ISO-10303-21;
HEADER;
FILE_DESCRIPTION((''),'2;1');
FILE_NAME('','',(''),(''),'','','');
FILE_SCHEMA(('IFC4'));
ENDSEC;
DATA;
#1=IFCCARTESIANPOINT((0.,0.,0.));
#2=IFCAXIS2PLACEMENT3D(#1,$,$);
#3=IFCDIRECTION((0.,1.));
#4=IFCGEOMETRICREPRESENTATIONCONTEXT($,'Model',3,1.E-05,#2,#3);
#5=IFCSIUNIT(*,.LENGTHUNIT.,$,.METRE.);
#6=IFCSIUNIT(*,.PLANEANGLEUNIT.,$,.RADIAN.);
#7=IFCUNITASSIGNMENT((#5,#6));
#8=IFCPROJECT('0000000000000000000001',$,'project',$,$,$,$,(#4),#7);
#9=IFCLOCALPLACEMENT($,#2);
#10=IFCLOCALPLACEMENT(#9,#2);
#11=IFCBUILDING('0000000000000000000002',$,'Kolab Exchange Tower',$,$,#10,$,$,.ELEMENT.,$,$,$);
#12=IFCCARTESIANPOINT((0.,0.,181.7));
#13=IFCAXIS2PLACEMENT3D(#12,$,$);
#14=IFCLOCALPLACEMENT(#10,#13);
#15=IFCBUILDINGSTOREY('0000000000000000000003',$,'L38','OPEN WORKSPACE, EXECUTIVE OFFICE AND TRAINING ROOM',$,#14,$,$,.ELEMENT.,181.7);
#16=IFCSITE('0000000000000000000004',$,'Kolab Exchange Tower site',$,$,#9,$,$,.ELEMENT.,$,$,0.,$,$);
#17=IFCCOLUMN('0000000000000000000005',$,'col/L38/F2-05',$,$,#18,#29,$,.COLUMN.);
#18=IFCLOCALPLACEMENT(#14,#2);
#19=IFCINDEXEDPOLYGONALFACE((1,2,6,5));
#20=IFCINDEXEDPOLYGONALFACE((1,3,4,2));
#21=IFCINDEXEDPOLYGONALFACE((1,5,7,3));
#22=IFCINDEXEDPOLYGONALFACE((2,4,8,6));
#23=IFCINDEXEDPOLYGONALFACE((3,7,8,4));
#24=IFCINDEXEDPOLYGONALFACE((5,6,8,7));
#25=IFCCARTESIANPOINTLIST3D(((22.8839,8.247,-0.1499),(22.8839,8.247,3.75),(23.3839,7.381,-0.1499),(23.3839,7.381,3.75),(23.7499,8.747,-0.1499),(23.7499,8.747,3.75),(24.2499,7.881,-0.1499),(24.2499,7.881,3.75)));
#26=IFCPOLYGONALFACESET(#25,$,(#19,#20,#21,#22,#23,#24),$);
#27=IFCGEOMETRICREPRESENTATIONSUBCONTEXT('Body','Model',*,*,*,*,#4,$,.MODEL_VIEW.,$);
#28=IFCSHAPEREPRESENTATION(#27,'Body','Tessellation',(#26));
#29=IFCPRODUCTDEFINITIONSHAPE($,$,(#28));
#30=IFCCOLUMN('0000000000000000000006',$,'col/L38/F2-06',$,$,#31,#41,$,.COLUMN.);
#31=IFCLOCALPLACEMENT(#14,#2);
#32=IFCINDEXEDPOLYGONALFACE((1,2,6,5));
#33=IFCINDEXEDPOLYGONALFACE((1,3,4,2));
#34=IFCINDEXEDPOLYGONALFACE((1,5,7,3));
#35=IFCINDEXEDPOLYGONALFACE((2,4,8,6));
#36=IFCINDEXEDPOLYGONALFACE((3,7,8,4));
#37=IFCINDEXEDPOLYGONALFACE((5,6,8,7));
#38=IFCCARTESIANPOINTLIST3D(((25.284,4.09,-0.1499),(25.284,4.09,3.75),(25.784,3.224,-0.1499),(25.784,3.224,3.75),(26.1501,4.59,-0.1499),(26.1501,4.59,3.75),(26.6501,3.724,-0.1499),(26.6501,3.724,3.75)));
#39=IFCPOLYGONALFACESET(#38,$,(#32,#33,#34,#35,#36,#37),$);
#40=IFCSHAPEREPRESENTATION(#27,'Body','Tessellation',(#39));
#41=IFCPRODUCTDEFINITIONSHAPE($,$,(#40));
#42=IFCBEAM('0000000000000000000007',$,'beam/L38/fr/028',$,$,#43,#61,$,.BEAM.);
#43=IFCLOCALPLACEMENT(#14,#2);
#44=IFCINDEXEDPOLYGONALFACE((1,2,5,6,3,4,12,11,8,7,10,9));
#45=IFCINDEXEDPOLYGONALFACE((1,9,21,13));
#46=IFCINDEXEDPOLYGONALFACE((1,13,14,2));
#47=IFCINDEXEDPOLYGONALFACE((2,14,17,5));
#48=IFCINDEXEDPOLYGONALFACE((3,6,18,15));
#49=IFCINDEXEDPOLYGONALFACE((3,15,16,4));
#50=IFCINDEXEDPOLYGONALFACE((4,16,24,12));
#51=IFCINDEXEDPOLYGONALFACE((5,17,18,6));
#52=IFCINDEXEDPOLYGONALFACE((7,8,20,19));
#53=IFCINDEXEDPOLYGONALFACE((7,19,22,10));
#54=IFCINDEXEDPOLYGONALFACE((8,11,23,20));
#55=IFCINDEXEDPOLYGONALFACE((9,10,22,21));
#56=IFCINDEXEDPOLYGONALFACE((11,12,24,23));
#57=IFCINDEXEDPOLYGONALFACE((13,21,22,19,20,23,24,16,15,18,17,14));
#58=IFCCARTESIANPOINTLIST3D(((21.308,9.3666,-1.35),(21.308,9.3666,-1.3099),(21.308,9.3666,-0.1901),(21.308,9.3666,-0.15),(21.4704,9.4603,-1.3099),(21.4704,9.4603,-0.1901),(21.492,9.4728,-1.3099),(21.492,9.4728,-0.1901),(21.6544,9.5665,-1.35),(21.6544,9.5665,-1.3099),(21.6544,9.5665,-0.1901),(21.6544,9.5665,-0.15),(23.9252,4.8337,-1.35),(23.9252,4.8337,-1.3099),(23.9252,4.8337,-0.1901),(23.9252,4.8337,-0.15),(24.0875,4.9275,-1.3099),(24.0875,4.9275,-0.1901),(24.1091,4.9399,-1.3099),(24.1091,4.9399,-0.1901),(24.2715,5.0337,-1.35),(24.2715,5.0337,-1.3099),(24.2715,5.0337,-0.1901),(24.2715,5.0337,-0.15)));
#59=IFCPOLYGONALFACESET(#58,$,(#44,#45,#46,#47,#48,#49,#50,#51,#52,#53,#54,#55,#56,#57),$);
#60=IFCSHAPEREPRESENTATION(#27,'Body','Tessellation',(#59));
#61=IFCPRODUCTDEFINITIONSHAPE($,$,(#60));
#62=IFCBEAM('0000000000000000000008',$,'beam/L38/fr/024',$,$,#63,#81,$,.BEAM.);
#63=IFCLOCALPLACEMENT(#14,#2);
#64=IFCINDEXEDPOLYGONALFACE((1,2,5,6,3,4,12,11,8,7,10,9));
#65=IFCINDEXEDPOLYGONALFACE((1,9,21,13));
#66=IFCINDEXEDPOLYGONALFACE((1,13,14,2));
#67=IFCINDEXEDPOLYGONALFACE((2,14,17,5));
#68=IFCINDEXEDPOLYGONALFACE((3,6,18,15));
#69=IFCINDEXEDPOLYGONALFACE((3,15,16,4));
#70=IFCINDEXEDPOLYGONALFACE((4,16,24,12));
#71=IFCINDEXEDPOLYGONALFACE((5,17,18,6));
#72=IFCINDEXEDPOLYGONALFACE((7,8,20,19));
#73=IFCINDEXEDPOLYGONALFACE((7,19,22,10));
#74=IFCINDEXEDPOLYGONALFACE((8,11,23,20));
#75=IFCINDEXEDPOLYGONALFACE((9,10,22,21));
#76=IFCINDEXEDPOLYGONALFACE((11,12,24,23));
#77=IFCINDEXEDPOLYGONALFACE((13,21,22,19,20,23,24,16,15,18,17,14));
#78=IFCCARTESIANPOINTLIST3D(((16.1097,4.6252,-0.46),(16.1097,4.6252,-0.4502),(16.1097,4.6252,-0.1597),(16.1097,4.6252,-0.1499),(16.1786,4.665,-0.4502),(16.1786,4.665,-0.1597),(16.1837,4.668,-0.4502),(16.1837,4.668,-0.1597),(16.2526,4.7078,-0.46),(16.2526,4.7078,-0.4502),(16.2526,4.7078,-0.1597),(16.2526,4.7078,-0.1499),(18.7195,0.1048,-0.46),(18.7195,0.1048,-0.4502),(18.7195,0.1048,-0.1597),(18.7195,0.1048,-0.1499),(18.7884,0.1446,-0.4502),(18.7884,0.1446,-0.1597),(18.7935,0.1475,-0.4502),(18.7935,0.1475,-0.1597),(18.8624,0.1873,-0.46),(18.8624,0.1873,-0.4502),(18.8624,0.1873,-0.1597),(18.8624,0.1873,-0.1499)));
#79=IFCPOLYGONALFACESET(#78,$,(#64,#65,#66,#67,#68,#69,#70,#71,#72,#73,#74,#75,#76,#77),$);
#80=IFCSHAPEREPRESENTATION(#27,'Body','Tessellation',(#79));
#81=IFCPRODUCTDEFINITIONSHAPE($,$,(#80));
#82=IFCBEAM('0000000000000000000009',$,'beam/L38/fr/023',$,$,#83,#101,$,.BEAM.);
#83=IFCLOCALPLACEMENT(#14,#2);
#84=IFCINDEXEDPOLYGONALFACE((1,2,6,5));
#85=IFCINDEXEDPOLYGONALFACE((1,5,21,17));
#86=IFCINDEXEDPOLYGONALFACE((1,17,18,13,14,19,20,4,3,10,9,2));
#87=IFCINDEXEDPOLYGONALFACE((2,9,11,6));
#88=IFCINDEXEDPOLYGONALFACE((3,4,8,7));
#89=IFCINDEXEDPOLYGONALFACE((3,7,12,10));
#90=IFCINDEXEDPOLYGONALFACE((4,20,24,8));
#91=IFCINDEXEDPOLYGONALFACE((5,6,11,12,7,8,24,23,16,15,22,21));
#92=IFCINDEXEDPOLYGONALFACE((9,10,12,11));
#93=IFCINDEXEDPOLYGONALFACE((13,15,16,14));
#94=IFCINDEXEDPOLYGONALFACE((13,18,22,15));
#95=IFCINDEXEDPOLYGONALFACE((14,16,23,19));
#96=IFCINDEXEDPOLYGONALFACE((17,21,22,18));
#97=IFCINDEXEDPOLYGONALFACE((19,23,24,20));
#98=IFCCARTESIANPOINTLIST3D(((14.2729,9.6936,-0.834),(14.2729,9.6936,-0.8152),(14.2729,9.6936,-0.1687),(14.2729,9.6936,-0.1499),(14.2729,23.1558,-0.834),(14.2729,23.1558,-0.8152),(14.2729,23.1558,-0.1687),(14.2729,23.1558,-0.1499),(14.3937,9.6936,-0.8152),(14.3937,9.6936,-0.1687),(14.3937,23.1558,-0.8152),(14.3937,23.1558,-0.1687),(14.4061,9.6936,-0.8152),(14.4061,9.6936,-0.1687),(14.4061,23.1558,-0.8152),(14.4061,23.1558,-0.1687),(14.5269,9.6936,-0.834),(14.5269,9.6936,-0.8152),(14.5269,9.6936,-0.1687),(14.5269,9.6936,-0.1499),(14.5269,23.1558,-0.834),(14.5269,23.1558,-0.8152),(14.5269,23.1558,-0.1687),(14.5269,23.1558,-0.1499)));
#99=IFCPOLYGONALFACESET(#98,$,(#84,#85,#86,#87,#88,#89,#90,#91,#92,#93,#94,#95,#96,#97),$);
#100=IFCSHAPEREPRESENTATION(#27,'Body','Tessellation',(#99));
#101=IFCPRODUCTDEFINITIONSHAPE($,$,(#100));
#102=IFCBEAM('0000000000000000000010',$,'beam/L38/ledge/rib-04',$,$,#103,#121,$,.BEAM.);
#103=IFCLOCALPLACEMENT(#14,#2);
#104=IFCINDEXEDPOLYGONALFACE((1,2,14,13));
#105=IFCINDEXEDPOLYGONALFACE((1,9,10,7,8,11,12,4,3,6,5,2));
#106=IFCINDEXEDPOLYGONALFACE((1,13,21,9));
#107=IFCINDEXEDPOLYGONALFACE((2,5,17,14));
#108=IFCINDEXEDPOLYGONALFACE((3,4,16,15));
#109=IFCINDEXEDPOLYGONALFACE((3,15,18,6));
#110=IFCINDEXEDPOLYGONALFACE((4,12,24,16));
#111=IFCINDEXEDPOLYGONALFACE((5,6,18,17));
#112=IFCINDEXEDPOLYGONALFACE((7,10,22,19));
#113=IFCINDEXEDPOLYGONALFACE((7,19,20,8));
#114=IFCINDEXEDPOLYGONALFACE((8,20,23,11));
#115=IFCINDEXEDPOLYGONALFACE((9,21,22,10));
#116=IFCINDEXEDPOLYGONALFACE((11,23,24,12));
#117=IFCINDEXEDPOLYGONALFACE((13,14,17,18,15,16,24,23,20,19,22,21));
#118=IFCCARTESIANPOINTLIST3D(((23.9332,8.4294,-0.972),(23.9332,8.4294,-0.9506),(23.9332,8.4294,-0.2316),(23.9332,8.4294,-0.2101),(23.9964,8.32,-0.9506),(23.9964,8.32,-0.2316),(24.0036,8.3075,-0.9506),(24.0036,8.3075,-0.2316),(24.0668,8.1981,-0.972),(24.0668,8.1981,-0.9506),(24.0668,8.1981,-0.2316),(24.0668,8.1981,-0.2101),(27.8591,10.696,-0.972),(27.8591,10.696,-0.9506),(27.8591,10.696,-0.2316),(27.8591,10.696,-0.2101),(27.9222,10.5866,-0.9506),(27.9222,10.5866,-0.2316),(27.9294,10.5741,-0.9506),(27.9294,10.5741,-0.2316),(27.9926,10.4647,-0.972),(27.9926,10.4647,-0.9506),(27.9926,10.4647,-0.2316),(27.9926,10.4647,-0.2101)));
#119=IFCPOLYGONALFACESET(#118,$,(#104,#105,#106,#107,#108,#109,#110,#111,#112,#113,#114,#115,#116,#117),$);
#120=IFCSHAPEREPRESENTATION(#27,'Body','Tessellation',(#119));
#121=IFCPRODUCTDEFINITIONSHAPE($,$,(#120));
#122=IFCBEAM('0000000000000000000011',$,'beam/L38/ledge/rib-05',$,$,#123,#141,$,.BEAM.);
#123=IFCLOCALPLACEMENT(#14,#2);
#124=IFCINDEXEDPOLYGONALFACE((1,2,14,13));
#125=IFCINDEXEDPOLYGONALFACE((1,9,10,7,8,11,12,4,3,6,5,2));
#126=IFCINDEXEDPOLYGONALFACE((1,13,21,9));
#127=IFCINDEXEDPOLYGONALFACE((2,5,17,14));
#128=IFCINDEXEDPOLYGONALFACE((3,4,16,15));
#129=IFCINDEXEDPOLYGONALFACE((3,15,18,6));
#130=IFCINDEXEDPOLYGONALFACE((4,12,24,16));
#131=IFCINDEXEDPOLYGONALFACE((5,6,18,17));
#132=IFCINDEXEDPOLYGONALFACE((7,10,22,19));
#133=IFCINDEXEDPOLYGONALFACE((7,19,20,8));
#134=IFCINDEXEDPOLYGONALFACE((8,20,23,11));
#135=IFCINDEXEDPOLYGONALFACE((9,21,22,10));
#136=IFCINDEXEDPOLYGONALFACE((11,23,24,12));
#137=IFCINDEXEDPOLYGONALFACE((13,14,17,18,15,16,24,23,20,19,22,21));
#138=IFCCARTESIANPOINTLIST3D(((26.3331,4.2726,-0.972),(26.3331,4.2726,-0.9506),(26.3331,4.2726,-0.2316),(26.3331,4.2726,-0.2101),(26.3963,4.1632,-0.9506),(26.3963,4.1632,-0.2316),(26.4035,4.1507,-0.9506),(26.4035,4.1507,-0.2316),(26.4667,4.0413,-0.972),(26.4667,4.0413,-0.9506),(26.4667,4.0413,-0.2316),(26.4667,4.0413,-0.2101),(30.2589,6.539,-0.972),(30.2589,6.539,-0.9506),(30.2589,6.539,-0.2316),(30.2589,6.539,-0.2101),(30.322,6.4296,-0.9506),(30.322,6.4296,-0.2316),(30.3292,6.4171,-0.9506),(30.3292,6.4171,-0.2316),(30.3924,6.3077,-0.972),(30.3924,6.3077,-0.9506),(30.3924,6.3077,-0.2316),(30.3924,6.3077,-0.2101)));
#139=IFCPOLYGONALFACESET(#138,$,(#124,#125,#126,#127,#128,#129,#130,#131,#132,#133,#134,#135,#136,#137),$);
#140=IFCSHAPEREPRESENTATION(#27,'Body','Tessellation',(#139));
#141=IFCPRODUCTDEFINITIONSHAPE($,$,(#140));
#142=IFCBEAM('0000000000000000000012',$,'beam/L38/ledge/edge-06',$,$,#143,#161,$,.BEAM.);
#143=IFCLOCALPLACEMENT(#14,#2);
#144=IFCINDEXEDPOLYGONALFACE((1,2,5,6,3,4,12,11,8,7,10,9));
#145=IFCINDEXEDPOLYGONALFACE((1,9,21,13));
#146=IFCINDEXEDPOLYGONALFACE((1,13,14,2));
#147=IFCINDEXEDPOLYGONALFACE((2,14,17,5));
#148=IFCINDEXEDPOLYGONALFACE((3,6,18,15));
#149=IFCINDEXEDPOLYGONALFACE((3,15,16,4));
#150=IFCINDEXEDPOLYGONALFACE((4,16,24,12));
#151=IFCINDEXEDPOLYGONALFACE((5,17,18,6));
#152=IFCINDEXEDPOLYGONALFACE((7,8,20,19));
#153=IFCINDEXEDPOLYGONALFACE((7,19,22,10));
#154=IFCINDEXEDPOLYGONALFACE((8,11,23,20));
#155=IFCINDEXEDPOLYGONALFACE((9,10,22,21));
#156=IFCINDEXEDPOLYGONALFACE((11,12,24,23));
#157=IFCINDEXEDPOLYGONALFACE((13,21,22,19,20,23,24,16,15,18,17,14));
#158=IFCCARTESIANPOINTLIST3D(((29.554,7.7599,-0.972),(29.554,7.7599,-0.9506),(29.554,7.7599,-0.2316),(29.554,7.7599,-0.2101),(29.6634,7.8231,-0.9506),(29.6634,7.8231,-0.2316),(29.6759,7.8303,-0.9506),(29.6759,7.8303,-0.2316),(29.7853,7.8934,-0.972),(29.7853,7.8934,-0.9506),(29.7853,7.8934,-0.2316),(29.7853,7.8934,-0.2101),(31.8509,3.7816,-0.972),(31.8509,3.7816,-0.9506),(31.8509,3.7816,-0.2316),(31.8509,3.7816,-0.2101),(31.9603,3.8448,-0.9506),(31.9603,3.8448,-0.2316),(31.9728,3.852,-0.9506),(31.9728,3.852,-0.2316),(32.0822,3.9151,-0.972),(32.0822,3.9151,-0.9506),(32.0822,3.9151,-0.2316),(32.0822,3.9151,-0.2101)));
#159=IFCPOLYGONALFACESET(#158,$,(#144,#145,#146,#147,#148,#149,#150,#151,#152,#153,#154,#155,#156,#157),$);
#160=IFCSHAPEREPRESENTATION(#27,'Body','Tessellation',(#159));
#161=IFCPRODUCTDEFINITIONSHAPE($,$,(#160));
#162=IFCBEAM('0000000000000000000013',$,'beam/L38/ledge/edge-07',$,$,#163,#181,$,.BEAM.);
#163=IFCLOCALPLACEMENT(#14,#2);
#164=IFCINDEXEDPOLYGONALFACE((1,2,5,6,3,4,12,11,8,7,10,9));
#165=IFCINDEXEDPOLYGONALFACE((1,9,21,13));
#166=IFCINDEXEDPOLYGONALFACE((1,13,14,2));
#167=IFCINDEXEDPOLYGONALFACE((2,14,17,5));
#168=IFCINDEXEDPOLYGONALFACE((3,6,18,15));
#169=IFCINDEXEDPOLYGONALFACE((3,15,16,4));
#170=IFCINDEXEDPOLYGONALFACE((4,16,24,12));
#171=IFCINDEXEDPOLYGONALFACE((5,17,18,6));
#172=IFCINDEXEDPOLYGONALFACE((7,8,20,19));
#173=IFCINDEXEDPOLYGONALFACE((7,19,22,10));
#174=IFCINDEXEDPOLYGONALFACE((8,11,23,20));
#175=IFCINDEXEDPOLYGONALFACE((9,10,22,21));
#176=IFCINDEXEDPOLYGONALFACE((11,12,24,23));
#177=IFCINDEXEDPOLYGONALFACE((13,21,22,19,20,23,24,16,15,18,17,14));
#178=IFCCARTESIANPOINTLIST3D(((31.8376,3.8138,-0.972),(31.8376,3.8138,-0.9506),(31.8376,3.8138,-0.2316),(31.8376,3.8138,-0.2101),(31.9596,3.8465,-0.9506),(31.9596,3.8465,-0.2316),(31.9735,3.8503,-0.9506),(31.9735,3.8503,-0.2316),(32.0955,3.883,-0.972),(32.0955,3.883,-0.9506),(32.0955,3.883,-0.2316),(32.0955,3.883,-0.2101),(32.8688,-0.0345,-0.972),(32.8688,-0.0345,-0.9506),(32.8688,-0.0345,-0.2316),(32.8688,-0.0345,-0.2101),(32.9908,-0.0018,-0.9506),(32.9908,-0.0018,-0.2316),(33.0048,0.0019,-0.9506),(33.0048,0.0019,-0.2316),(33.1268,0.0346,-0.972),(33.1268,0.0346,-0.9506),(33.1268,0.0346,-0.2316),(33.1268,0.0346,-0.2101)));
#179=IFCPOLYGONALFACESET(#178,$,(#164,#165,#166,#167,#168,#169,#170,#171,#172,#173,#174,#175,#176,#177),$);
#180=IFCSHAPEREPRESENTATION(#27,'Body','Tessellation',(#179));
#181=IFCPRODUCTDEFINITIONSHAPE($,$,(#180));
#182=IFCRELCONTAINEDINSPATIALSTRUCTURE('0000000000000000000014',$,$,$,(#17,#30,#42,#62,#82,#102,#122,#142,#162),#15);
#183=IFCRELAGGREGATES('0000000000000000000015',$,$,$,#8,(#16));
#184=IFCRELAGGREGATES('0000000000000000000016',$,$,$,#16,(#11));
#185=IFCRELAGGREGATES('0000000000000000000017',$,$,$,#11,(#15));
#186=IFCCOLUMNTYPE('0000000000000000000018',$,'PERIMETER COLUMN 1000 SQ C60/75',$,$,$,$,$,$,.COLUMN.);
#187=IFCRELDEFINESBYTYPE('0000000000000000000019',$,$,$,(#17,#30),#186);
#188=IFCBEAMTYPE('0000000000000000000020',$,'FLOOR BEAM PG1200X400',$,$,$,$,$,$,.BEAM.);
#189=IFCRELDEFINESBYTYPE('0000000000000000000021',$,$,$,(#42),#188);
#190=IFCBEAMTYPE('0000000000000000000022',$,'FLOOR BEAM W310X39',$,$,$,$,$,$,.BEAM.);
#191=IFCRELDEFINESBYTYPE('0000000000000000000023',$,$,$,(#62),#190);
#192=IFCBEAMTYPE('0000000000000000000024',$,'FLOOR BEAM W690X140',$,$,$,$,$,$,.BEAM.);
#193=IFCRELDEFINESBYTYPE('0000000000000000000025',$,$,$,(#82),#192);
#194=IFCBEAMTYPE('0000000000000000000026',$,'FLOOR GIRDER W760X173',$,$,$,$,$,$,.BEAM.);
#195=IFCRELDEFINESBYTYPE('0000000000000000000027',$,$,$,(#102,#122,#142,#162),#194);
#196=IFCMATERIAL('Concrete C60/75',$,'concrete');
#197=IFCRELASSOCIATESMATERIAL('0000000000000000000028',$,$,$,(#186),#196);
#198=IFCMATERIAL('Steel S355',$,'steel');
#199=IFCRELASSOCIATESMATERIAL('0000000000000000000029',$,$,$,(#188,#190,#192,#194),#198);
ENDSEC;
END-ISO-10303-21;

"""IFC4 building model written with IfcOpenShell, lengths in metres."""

from ifc_helpers import new_model, si_unit, direction, frame, origin, origin_2d, place, context, subcontext, project, spatial, rectangle, i_section, extrude, material, material_profile, profile_set, type_object, element, save


model = new_model("IFC4")

# Units and contexts
model_context = context("Model", 3, precision=1e-05, world=origin(), true_north=direction((0.0, 1.0)))
body_context = subcontext(model_context, "Body", "Model", "MODEL_VIEW")
ifc_project = project(units=[si_unit("LENGTHUNIT", "METRE"), si_unit("PLANEANGLEUNIT", "RADIAN")], contexts=[model_context])

# Site, building, storey
site_placement = place(None, origin())
site = spatial("IfcSite", under=ifc_project, at=site_placement, Name="Kolab Exchange Tower site", CompositionType="ELEMENT", RefElevation=0.0)
building_placement = place(site_placement, origin())
building = spatial("IfcBuilding", under=site, at=building_placement, Name="Kolab Exchange Tower", CompositionType="ELEMENT")
storey_placement = place(building_placement, frame((0.0, 0.0, 181.7)))
storey = spatial("IfcBuildingStorey", under=building, at=storey_placement, Name="L38", Description="OPEN WORKSPACE, EXECUTIVE OFFICE AND TRAINING ROOM", CompositionType="ELEMENT", Elevation=181.7)

# Columns
ifc_material_1 = material(Name="Concrete C60/75", Category="concrete")
ifc_material_profile_1 = material_profile(ifc_material_1, rectangle(XDim=1.0, YDim=1.0, at=origin_2d()), Name="RC1000")
ifc_profile_set_1 = profile_set([ifc_material_profile_1], Name="Concrete C60/75")
column_type = type_object("IfcColumnType", Name="PERIMETER COLUMN 1000 SQ C60/75", PredefinedType="COLUMN", material=ifc_profile_set_1)
for number, where, z_axis, x_axis, name in (
    (1, (23.5669, 8.064, -0.1499), (0.0, 0.0, 1.0), (0.866025, 0.5, 0.0), "col/L38/F2-05"),
    (2, (25.967, 3.907, -0.1499), (0.0, 0.0, 1.0), (0.866025, 0.5, 0.0), "col/L38/F2-06"),
):
    element("IfcColumn", number, at=place(storey_placement, frame(where, z_axis=z_axis, x_axis=x_axis)), inside=storey, type_object=column_type, Name=name, PredefinedType="COLUMN", context=body_context, shape_type="SweptSolid", body=[
        extrude(rectangle(XDim=1.0, YDim=1.0, at=origin_2d()), origin(), (0.0, 0.0, 1.0), 3.8999),
    ])

# Beams
ifc_material_2 = material(Name="Steel S355", Category="steel")
ifc_material_profile_2 = material_profile(ifc_material_2, i_section(OverallWidth=0.3999, OverallDepth=1.2, WebThickness=0.0249, FlangeThickness=0.04, at=origin_2d()), Name="PG1200X400")
ifc_profile_set_2 = profile_set([ifc_material_profile_2], Name="Steel S355")
beam_type_1 = type_object("IfcBeamType", Name="FLOOR BEAM PG1200X400", PredefinedType="BEAM", material=ifc_profile_set_2)
beam_1_placement = place(storey_placement, frame((21.4812, 9.4666, -0.75), z_axis=(0.500012, -0.866019, 0.0), x_axis=(0.866019, 0.500012, 0.0)))
element("IfcBeam", 3, at=beam_1_placement, inside=storey, type_object=beam_type_1, Name="beam/L38/fr/028", PredefinedType="BEAM", context=body_context, shape_type="SweptSolid", body=[
    extrude(i_section(OverallWidth=0.3999, OverallDepth=1.2, WebThickness=0.0249, FlangeThickness=0.04, at=origin_2d()), origin(), (0.0, 0.0, 1.0), 5.2341),
])
ifc_material_profile_3 = material_profile(ifc_material_2, i_section(OverallWidth=0.165, OverallDepth=0.3101, WebThickness=0.0059, FlangeThickness=0.0098, at=origin_2d()), Name="W310X39")
ifc_profile_set_3 = profile_set([ifc_material_profile_3], Name="Steel S355")
beam_type_2 = type_object("IfcBeamType", Name="FLOOR BEAM W310X39", PredefinedType="BEAM", material=ifc_profile_set_3)
beam_2_placement = place(storey_placement, frame((16.1812, 4.6665, -0.3049), z_axis=(0.499992, -0.86603, 0.0), x_axis=(0.86603, 0.499992, 0.0)))
element("IfcBeam", 4, at=beam_2_placement, inside=storey, type_object=beam_type_2, Name="beam/L38/fr/024", PredefinedType="BEAM", context=body_context, shape_type="SweptSolid", body=[
    extrude(i_section(OverallWidth=0.165, OverallDepth=0.3101, WebThickness=0.0059, FlangeThickness=0.0098, at=origin_2d()), origin(), (0.0, 0.0, 1.0), 5.2197),
])
ifc_material_profile_4 = material_profile(ifc_material_2, i_section(OverallWidth=0.2539, OverallDepth=0.6841, WebThickness=0.0125, FlangeThickness=0.0188, at=origin_2d()), Name="W690X140")
ifc_profile_set_4 = profile_set([ifc_material_profile_4], Name="Steel S355")
beam_type_3 = type_object("IfcBeamType", Name="FLOOR BEAM W690X140", PredefinedType="BEAM", material=ifc_profile_set_4)
beam_3_placement = place(storey_placement, frame((14.3999, 9.6936, -0.4919), z_axis=(0.0, 1.0, 0.0), x_axis=(-1.0, 0.0, 0.0)))
element("IfcBeam", 5, at=beam_3_placement, inside=storey, type_object=beam_type_3, Name="beam/L38/fr/023", PredefinedType="BEAM", context=body_context, shape_type="SweptSolid", body=[
    extrude(i_section(OverallWidth=0.2539, OverallDepth=0.6841, WebThickness=0.0125, FlangeThickness=0.0188, at=origin_2d()), origin(), (0.0, 0.0, 1.0), 13.4622),
])
ifc_material_profile_5 = material_profile(ifc_material_2, i_section(OverallWidth=0.2671, OverallDepth=0.762, WebThickness=0.0144, FlangeThickness=0.0215, at=origin_2d()), Name="W760X173")
ifc_profile_set_5 = profile_set([ifc_material_profile_5], Name="Steel S355")
beam_type_4 = type_object("IfcBeamType", Name="FLOOR GIRDER W760X173", PredefinedType="BEAM", material=ifc_profile_set_5)
beam_4_placement = place(storey_placement, frame((24.0, 8.3137, -0.5911), z_axis=(0.866021, 0.500008, 0.0), x_axis=(-0.500008, 0.866021, 0.0)))
element("IfcBeam", 6, at=beam_4_placement, inside=storey, type_object=beam_type_4, Name="beam/L38/ledge/rib-04", PredefinedType="BEAM", context=body_context, shape_type="SweptSolid", body=[
    extrude(i_section(OverallWidth=0.2671, OverallDepth=0.762, WebThickness=0.0144, FlangeThickness=0.0215, at=origin_2d()), origin(), (0.0, 0.0, 1.0), 4.5332),
])
beam_5_placement = place(storey_placement, frame((26.3999, 4.157, -0.5911), z_axis=(0.866044, 0.499968, 0.0), x_axis=(-0.499968, 0.866044, 0.0)))
element("IfcBeam", 7, at=beam_5_placement, inside=storey, type_object=beam_type_4, Name="beam/L38/ledge/rib-05", PredefinedType="BEAM", context=body_context, shape_type="SweptSolid", body=[
    extrude(i_section(OverallWidth=0.2671, OverallDepth=0.762, WebThickness=0.0144, FlangeThickness=0.0215, at=origin_2d()), origin(), (0.0, 0.0, 1.0), 4.533),
])
beam_6_placement = place(storey_placement, frame((29.6697, 7.8267, -0.5911), z_axis=(0.500003, -0.866024, 0.0), x_axis=(0.866024, 0.500003, 0.0)))
element("IfcBeam", 8, at=beam_6_placement, inside=storey, type_object=beam_type_4, Name="beam/L38/ledge/edge-06", PredefinedType="BEAM", context=body_context, shape_type="SweptSolid", body=[
    extrude(i_section(OverallWidth=0.2671, OverallDepth=0.762, WebThickness=0.0144, FlangeThickness=0.0215, at=origin_2d()), origin(), (0.0, 0.0, 1.0), 4.5938),
])
beam_7_placement = place(storey_placement, frame((31.9666, 3.8484, -0.5911), z_axis=(0.258837, -0.965921, 0.0), x_axis=(0.965921, 0.258837, 0.0)))
element("IfcBeam", 9, at=beam_7_placement, inside=storey, type_object=beam_type_4, Name="beam/L38/ledge/edge-07", PredefinedType="BEAM", context=body_context, shape_type="SweptSolid", body=[
    extrude(i_section(OverallWidth=0.2671, OverallDepth=0.762, WebThickness=0.0144, FlangeThickness=0.0215, at=origin_2d()), origin(), (0.0, 0.0, 1.0), 3.9841),
])

save(model, "model.ifc")
